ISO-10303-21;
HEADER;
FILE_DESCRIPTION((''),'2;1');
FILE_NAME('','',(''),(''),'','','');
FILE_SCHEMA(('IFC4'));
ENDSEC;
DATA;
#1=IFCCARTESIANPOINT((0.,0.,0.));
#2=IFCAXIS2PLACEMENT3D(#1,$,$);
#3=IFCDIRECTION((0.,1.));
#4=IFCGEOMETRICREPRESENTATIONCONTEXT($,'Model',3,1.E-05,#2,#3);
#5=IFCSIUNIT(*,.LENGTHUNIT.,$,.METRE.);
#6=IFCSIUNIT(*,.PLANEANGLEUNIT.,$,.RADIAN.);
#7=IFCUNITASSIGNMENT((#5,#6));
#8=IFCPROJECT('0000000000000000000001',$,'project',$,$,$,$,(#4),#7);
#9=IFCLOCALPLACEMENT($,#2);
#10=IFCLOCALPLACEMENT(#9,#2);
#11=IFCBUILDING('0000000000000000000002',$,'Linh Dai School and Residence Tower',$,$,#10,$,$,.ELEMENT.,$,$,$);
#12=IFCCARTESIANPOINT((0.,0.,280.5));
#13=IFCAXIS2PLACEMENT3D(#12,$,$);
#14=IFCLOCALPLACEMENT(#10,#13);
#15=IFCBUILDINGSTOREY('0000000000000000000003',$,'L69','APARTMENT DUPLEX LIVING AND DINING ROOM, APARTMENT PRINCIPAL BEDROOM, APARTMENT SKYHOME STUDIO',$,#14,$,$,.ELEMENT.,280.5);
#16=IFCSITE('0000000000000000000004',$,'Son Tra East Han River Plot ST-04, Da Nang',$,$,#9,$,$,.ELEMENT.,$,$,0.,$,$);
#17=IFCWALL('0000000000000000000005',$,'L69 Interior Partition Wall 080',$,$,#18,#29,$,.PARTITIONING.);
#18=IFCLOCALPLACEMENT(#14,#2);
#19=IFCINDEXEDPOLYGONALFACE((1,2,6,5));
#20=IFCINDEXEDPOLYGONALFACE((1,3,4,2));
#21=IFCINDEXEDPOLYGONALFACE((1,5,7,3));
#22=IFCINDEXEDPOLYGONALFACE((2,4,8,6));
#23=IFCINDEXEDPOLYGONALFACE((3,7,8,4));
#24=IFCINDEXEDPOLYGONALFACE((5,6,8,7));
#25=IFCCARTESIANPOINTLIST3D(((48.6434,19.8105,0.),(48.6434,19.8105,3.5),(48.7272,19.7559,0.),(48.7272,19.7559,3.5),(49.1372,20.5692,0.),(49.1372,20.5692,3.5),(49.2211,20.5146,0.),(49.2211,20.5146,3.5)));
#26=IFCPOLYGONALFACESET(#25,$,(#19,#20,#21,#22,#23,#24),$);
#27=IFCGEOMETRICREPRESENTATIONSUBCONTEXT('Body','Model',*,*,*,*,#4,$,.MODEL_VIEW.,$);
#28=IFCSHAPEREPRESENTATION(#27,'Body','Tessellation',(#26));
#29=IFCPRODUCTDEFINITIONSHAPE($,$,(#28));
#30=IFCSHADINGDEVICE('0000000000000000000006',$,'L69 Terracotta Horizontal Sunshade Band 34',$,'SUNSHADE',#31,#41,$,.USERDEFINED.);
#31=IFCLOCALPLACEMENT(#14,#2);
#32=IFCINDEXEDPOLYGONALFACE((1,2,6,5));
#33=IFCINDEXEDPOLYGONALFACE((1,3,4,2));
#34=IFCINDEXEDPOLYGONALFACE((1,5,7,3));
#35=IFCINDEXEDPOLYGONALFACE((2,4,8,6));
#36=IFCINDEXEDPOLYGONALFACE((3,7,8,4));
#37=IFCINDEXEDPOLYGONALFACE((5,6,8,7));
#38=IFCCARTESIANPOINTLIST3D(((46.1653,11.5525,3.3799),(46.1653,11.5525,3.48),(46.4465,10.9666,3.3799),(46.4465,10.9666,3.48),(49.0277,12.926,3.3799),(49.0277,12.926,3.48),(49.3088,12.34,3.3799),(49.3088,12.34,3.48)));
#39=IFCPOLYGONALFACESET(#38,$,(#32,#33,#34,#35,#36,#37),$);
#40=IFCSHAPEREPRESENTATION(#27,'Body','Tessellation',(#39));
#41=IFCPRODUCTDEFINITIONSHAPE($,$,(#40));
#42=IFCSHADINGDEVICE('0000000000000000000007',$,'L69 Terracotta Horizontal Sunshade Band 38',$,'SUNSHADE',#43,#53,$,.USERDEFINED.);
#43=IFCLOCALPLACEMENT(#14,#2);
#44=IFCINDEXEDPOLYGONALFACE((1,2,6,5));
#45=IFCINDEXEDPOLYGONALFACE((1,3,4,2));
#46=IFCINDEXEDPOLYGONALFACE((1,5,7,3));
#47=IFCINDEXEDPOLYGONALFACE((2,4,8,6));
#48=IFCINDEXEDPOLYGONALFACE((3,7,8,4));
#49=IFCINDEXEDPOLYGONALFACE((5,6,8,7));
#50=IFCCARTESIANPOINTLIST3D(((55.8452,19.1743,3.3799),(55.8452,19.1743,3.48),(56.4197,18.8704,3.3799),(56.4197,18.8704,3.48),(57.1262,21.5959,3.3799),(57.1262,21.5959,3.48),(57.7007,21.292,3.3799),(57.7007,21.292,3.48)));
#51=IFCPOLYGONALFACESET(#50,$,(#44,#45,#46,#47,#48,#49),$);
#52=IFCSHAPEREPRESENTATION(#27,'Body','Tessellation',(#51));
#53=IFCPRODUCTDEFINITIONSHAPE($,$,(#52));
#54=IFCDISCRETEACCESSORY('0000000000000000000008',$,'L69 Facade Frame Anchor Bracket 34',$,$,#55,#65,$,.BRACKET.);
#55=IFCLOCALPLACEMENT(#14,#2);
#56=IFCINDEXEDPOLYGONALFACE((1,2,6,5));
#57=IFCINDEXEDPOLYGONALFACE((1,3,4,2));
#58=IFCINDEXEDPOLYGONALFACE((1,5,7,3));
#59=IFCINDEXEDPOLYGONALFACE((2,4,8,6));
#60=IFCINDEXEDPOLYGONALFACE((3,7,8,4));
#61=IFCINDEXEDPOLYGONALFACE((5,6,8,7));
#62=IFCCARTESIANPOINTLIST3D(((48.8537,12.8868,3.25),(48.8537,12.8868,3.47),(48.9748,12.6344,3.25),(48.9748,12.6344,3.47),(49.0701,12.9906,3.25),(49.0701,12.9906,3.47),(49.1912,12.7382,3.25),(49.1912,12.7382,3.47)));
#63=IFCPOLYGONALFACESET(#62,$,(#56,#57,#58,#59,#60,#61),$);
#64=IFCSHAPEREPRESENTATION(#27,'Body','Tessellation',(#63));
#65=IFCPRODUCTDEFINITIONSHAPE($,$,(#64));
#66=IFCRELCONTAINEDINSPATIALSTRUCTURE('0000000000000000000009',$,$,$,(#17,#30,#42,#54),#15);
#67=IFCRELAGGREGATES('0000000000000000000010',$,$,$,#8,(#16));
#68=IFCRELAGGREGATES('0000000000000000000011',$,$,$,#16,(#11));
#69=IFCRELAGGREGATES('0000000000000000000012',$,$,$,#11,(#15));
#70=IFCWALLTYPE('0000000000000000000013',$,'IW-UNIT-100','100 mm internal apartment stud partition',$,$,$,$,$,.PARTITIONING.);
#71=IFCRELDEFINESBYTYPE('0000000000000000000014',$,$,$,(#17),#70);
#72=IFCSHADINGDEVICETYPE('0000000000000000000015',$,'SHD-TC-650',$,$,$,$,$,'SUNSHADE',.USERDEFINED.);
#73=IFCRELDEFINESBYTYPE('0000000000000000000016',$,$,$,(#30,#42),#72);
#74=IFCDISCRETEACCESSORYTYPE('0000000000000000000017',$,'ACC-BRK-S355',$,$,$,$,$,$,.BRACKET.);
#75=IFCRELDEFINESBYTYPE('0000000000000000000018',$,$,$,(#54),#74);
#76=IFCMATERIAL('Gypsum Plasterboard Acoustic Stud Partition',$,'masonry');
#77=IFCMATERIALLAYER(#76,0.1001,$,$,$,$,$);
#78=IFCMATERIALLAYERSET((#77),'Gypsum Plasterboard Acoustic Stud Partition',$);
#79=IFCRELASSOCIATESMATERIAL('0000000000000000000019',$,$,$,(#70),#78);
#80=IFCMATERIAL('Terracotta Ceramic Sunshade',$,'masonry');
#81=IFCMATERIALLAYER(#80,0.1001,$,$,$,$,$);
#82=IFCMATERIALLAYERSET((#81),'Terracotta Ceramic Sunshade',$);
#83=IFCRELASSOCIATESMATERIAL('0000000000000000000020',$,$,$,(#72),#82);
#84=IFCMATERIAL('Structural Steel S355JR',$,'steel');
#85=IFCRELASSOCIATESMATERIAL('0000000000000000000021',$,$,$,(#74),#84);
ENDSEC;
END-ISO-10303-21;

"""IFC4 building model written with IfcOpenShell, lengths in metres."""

from ifc_helpers import new_model, si_unit, direction, frame, frame_2d, origin, origin_2d, place, context, subcontext, project, spatial, rectangle, extrude, source, transform, mapped, material, layer, layer_set, type_object, element, save


model = new_model("IFC4")

# Units and contexts
model_context = context("Model", 3, precision=1e-05, world=origin(), true_north=direction((0.0, 1.0)))
body_context = subcontext(model_context, "Body", "Model", "MODEL_VIEW")
ifc_project = project(units=[si_unit("LENGTHUNIT", "METRE"), si_unit("PLANEANGLEUNIT", "RADIAN")], contexts=[model_context])

# Site, building, storey
site_placement = place(None, origin())
site = spatial("IfcSite", under=ifc_project, at=site_placement, Name="Son Tra East Han River Plot ST-04, Da Nang", CompositionType="ELEMENT", RefElevation=0.0)
building_placement = place(site_placement, origin())
building = spatial("IfcBuilding", under=site, at=building_placement, Name="Linh Dai School and Residence Tower", CompositionType="ELEMENT")
storey_placement = place(building_placement, frame((0.0, 0.0, 280.5)))
storey = spatial("IfcBuildingStorey", under=building, at=storey_placement, Name="L69", Description="APARTMENT DUPLEX LIVING AND DINING ROOM, APARTMENT PRINCIPAL BEDROOM, APARTMENT SKYHOME STUDIO", CompositionType="ELEMENT", Elevation=280.5)

# Shared definitions
ifc_material_1 = material(Name="Structural Steel S355JR", Category="steel")

# Shared definitions
ifc_material_2 = material(Name="Gypsum Plasterboard Acoustic Stud Partition", Category="masonry")
ifc_layer_1 = layer(ifc_material_2, 0.1001)
ifc_layer_set_1 = layer_set([ifc_layer_1], Name="Gypsum Plasterboard Acoustic Stud Partition")
wall_type_1 = type_object("IfcWallType", Name="IW-UNIT-100", Description="100 mm internal apartment stud partition", PredefinedType="PARTITIONING", material=ifc_layer_set_1)

# Wall
wall_1_placement = place(storey_placement, frame((48.6853, 19.7832, 0.0), z_axis=(0.0, 0.0, 1.0), x_axis=(0.545519, 0.838098, 0.0)))
element("IfcWall", 1, at=wall_1_placement, inside=storey, type_object=wall_type_1, Name="L69 Interior Partition Wall 080", PredefinedType="PARTITIONING", context=body_context, shape_type="SweptSolid", body=[
    extrude(rectangle(XDim=0.9053, YDim=0.1001, at=frame_2d((0.4526, 0.0))), origin(), (0.0, 0.0, 1.0), 3.5),
])

# Shading devices
ifc_material_3 = material(Name="Terracotta Ceramic Sunshade", Category="masonry")
ifc_layer_2 = layer(ifc_material_3, 0.1001)
ifc_layer_set_2 = layer_set([ifc_layer_2], Name="Terracotta Ceramic Sunshade")
shading_device_type = type_object("IfcShadingDeviceType", Name="SHD-TC-650", ElementType="SUNSHADE", PredefinedType="USERDEFINED", material=ifc_layer_set_2)
shared_shape_1 = source(origin(), body_context, "Body", "SweptSolid", [
    extrude(rectangle(XDim=3.1748, YDim=0.6499, at=origin_2d()), origin(), (0.0, 0.0, 1.0), 0.1001),
])
shading_device_1_placement = place(storey_placement, frame((47.7371, 11.9463, 3.3799), z_axis=(0.0, 0.0, 1.0), x_axis=(-0.90158, -0.432612, 0.0)))
element("IfcShadingDevice", 2, at=shading_device_1_placement, inside=storey, type_object=shading_device_type, Name="L69 Terracotta Horizontal Sunshade Band 34", ObjectType="SUNSHADE", PredefinedType="USERDEFINED", context=body_context, shape_type="MappedRepresentation", body=[
    mapped(shared_shape_1, transform((0.0, 0.0, 0.0), x_axis=(1.0, 0.0, 0.0), y_axis=(0.0, 1.0, 0.0), z_axis=(0.0, 0.0, 1.0), scale=1.0)),
])
shared_shape_2 = source(origin(), body_context, "Body", "SweptSolid", [
    extrude(rectangle(XDim=2.7395, YDim=0.6499, at=origin_2d()), origin(), (0.0, 0.0, 1.0), 0.1001),
])
shading_device_2_placement = place(storey_placement, frame((56.7729, 20.2332, 3.3799), z_axis=(0.0, 0.0, 1.0), x_axis=(-0.467604, -0.883938, 0.0)))
element("IfcShadingDevice", 3, at=shading_device_2_placement, inside=storey, type_object=shading_device_type, Name="L69 Terracotta Horizontal Sunshade Band 38", ObjectType="SUNSHADE", PredefinedType="USERDEFINED", context=body_context, shape_type="MappedRepresentation", body=[
    mapped(shared_shape_2, transform((0.0, 0.0, 0.0), x_axis=(1.0, 0.0, 0.0), y_axis=(0.0, 1.0, 0.0), z_axis=(0.0, 0.0, 1.0), scale=1.0)),
])

# Discrete accessory
discrete_accessory_type = type_object("IfcDiscreteAccessoryType", Name="ACC-BRK-S355", PredefinedType="BRACKET", material=ifc_material_1)
shared_shape_3 = source(origin(), body_context, "Body", "SweptSolid", [
    extrude(rectangle(XDim=0.28, YDim=0.24, at=origin_2d()), origin(), (0.0, 0.0, 1.0), 0.22),
])
discrete_accessory_placement = place(storey_placement, frame((49.0225, 12.8125, 3.25), z_axis=(0.0, 0.0, 1.0), x_axis=(0.432612, -0.90158, 0.0)))
element("IfcDiscreteAccessory", 4, at=discrete_accessory_placement, inside=storey, type_object=discrete_accessory_type, Name="L69 Facade Frame Anchor Bracket 34", PredefinedType="BRACKET", context=body_context, shape_type="MappedRepresentation", body=[
    mapped(shared_shape_3, transform((0.0, 0.0, 0.0), x_axis=(1.0, 0.0, 0.0), y_axis=(0.0, 1.0, 0.0), z_axis=(0.0, 0.0, 1.0), scale=1.0)),
])

save(model, "model.ifc")
